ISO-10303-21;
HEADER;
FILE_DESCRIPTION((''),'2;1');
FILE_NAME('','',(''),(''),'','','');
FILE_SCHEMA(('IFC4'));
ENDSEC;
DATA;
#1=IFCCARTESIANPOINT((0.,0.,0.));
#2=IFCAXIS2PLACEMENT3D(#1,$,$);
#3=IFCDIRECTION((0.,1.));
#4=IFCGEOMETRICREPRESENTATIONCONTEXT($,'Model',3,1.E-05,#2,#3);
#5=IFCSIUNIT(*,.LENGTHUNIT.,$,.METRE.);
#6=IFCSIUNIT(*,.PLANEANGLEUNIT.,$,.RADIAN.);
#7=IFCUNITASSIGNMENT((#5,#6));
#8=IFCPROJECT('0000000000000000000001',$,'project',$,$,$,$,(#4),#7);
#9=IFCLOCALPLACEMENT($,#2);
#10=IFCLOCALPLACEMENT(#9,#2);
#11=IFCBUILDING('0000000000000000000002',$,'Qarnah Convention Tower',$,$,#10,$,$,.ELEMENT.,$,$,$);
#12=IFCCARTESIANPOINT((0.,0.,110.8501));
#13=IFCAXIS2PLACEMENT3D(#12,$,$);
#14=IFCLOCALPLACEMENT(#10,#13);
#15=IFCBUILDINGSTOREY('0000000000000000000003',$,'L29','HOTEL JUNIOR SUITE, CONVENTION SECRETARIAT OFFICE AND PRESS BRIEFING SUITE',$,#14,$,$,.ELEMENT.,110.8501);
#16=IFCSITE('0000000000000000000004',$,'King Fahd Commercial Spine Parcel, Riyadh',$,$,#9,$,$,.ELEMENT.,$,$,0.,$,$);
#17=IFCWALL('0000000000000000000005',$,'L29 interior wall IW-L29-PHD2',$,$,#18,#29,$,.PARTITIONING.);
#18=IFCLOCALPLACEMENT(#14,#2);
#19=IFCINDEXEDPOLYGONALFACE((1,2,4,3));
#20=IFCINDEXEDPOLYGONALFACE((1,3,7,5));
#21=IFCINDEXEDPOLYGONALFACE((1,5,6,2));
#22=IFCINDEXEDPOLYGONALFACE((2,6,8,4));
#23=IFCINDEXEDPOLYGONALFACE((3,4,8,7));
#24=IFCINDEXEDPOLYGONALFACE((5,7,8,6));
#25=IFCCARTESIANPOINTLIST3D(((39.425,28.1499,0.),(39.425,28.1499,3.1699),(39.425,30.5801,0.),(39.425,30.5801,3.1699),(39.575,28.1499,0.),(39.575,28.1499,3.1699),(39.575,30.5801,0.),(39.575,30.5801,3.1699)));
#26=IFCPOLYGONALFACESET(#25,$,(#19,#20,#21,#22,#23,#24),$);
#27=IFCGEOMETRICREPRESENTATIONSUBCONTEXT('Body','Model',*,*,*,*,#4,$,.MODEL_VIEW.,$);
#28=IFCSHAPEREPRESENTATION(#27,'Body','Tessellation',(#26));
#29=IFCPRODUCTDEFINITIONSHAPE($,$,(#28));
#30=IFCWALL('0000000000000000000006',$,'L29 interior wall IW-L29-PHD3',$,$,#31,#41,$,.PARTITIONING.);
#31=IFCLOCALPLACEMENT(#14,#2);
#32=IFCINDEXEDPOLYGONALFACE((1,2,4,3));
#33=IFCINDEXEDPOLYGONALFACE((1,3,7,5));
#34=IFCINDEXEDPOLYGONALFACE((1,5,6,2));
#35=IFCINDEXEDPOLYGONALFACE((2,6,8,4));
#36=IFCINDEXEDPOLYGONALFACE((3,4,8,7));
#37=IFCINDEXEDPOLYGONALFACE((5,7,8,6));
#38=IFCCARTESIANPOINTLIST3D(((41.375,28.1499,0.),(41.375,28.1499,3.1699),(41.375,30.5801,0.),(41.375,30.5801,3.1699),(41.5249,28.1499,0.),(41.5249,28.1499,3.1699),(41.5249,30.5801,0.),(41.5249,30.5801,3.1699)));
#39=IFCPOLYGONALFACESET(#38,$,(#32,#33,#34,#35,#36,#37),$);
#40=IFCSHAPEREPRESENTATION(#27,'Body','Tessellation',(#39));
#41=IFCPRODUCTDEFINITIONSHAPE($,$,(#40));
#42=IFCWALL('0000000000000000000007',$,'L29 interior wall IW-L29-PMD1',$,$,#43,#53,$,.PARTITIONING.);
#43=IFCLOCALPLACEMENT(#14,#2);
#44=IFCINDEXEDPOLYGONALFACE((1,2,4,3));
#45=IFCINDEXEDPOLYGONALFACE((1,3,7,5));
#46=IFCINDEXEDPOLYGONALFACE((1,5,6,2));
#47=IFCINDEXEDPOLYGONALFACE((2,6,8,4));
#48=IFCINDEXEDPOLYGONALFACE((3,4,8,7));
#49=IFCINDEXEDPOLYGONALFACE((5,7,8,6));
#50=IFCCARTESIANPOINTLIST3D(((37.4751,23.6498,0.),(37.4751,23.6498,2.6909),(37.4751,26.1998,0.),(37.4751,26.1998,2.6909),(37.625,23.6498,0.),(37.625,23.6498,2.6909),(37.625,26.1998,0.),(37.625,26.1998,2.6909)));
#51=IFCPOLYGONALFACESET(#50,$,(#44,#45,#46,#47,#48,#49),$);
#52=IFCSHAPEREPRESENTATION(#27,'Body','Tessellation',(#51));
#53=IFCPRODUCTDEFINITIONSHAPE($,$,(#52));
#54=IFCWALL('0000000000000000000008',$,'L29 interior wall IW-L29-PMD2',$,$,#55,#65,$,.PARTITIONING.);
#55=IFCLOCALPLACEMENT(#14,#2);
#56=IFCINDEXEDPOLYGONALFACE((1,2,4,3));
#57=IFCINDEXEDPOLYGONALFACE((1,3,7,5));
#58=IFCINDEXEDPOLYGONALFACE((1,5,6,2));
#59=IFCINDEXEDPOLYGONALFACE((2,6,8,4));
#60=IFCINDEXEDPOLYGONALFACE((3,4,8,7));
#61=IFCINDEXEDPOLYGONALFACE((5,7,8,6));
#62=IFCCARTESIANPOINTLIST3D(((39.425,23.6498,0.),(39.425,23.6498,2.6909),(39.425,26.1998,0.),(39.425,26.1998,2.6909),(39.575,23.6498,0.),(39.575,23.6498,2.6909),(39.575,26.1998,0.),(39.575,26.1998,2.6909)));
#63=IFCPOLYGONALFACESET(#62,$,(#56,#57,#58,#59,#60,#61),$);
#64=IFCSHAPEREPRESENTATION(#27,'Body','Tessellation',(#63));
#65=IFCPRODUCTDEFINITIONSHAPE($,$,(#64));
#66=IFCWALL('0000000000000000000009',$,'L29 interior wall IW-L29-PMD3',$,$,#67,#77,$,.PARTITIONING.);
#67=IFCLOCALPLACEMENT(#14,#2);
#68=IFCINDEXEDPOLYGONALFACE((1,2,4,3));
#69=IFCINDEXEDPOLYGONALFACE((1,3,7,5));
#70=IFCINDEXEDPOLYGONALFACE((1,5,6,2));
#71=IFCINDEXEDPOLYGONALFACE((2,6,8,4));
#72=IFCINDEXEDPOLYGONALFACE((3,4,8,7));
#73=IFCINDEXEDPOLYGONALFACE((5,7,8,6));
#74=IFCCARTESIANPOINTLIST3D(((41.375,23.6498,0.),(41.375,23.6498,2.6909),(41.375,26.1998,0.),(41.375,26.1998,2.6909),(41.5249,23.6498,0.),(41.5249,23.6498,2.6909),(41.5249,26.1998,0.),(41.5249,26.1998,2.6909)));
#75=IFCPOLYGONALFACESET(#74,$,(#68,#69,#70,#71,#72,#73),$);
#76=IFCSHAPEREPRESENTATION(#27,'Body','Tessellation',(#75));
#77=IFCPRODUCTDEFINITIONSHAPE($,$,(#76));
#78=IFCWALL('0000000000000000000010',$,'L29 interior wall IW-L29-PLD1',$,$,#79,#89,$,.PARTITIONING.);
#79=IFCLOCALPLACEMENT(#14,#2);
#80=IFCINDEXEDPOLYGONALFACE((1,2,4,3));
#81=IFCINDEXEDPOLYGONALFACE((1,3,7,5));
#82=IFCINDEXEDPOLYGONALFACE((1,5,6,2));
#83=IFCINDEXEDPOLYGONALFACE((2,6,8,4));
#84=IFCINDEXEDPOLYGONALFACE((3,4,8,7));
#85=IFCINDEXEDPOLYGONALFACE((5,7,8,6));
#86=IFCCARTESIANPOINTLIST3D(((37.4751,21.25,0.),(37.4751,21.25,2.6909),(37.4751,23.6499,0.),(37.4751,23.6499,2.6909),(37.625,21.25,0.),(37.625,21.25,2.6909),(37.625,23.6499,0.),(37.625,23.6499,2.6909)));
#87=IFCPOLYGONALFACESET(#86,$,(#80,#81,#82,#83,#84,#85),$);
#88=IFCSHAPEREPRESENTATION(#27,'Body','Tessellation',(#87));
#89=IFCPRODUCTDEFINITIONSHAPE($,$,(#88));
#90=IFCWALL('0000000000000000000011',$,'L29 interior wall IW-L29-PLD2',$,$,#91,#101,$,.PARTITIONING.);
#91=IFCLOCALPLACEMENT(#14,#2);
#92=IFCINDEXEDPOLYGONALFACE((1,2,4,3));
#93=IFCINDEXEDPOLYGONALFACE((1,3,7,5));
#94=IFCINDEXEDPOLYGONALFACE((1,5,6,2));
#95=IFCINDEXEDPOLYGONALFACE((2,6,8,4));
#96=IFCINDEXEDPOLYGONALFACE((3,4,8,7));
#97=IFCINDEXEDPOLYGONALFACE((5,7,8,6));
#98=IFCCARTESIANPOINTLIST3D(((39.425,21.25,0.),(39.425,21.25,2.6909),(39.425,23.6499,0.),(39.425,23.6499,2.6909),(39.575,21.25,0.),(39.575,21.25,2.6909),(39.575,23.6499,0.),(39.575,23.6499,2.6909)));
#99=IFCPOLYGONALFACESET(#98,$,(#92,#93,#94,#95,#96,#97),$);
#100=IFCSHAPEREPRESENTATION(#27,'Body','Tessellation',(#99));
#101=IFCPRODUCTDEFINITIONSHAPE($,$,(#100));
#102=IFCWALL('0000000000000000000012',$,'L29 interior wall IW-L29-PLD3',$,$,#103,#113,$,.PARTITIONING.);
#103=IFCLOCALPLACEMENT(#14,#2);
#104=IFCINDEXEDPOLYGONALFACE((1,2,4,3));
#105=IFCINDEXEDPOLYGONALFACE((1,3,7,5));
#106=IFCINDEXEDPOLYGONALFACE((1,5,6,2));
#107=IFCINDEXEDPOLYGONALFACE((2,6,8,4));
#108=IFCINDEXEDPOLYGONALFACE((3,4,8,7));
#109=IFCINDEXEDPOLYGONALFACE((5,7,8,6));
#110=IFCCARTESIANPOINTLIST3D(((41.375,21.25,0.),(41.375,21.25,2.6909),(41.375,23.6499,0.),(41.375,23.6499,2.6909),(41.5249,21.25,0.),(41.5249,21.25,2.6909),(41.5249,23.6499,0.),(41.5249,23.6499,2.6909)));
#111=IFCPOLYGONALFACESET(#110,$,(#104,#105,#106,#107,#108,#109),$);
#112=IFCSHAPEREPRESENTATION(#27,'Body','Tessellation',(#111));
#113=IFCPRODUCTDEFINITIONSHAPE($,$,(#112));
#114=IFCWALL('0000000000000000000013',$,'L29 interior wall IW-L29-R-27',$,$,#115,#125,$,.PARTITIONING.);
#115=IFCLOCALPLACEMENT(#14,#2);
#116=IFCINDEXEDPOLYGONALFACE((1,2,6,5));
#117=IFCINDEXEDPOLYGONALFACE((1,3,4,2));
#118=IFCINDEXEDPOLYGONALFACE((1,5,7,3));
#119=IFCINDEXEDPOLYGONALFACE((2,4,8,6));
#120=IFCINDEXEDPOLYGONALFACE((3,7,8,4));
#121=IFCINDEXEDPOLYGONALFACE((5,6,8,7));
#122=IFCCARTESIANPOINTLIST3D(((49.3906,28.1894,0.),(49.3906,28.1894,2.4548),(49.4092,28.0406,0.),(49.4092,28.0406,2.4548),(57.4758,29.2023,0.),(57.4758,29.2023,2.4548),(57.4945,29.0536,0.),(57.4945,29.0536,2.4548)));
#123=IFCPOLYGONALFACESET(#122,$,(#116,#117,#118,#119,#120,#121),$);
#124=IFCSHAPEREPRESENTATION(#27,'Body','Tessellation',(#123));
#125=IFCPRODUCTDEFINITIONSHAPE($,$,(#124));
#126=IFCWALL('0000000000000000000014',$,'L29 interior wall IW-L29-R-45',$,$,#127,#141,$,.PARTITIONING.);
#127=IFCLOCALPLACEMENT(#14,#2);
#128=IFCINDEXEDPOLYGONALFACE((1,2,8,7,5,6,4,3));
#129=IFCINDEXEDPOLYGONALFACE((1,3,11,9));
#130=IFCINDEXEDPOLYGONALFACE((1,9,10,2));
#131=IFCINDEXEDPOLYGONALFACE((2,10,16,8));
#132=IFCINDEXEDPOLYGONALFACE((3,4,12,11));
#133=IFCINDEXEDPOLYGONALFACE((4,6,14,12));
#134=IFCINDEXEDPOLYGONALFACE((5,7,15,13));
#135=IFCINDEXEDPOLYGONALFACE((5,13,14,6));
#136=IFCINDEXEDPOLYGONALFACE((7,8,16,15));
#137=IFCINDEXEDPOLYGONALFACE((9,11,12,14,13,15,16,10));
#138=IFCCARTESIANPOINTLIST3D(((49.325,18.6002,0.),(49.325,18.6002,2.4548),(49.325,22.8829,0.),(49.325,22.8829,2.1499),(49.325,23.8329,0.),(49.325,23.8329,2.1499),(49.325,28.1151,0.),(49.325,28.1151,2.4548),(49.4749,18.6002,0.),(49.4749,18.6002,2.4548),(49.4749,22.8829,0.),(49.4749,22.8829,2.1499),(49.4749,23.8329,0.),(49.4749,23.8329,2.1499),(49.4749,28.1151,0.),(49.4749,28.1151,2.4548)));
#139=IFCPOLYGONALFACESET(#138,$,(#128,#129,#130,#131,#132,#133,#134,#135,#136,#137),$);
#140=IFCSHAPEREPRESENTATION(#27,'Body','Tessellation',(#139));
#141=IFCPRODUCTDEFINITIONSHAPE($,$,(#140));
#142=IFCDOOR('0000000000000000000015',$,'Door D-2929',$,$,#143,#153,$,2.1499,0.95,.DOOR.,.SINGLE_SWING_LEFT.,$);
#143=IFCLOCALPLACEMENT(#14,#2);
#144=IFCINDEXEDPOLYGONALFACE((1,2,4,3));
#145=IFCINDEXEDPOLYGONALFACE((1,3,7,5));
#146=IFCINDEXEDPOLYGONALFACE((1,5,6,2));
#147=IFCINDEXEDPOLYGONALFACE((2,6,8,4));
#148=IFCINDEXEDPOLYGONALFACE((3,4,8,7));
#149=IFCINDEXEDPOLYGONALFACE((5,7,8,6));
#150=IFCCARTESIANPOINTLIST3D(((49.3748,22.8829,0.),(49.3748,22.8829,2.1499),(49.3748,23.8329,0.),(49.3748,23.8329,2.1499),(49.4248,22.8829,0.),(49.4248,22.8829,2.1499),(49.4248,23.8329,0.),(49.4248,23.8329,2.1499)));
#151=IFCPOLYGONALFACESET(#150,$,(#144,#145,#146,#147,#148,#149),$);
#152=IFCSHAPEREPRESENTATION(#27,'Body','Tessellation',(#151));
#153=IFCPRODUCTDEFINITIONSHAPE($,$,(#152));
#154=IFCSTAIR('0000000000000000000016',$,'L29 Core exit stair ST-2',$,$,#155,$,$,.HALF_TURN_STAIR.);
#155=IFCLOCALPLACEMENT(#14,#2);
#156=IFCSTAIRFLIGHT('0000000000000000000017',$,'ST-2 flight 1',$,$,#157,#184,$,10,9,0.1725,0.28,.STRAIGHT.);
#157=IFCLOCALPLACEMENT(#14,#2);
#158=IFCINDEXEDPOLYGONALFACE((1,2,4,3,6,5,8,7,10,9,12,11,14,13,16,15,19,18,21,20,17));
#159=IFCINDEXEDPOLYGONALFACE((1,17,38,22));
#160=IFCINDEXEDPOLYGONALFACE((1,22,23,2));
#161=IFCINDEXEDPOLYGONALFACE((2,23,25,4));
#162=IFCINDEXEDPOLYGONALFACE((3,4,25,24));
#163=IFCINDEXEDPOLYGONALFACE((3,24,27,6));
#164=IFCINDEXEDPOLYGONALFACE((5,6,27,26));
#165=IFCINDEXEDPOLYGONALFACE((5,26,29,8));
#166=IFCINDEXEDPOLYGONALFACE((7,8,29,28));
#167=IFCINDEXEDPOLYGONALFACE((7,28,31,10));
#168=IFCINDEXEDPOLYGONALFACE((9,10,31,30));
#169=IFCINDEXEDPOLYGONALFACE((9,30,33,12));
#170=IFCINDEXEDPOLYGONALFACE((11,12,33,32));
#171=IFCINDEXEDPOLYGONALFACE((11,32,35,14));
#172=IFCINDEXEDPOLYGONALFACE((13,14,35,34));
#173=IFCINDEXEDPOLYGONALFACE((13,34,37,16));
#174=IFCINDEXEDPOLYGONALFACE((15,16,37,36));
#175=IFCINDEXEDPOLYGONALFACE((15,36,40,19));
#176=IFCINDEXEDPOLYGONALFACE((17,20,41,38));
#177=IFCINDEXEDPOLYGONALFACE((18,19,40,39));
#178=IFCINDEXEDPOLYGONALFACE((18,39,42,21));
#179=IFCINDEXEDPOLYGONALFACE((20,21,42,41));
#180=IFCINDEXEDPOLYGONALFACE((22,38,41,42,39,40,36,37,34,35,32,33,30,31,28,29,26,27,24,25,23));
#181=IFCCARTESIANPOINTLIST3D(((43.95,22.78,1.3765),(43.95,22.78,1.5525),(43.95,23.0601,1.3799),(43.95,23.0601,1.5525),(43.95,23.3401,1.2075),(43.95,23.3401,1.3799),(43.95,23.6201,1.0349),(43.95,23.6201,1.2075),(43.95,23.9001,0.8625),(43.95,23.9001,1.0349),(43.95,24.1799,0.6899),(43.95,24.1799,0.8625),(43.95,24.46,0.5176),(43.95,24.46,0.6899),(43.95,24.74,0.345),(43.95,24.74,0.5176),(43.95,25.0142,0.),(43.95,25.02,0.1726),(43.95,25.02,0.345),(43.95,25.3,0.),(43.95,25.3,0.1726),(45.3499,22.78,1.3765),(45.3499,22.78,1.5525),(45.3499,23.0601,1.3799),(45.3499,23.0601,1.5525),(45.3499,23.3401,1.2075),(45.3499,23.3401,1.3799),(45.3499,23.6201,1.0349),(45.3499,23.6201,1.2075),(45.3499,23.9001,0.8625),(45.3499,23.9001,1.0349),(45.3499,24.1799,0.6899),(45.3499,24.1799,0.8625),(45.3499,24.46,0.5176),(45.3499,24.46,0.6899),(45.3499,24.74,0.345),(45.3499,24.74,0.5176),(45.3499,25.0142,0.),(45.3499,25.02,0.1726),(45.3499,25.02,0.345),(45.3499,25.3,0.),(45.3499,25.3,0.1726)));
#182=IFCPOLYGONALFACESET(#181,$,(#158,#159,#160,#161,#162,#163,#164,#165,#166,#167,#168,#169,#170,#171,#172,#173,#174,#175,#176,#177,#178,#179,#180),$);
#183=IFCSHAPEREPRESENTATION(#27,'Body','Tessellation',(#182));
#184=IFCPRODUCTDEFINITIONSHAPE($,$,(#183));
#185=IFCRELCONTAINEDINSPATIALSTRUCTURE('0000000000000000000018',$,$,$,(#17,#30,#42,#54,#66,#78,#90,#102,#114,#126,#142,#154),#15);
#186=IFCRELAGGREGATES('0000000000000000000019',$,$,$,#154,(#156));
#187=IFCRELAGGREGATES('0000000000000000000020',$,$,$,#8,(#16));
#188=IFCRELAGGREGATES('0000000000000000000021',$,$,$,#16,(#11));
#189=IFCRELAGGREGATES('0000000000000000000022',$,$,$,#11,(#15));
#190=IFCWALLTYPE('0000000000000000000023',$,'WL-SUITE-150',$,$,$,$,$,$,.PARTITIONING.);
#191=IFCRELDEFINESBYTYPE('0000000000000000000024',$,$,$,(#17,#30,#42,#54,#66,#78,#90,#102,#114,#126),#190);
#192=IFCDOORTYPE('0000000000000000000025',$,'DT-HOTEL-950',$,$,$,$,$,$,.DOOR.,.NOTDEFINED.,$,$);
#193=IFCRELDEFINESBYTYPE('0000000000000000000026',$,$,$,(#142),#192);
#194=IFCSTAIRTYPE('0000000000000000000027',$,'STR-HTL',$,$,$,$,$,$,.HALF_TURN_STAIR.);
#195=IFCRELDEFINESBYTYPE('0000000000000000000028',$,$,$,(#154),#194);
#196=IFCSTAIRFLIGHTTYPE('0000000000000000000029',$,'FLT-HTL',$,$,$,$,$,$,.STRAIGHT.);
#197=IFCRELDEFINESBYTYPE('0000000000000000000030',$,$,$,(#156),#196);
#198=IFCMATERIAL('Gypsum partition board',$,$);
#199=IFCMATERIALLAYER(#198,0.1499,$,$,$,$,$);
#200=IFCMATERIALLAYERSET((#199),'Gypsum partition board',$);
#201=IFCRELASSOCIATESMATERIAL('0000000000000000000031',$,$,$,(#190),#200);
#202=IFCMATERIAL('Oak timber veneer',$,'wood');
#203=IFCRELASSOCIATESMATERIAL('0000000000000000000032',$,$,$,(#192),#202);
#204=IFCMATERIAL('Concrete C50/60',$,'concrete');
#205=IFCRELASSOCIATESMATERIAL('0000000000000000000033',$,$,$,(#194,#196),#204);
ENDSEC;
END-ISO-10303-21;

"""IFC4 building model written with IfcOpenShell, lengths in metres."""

from ifc_helpers import new_model, si_unit, direction, frame, frame_2d, origin, place, context, subcontext, project, spatial, polyline, rectangle, outline, extrude, material, layer, layer_set, type_object, element, fill, aggregate, save


model = new_model("IFC4")

# Units and contexts
model_context = context("Model", 3, precision=1e-05, world=origin(), true_north=direction((0.0, 1.0)))
body_context = subcontext(model_context, "Body", "Model", "MODEL_VIEW")
ifc_project = project(units=[si_unit("LENGTHUNIT", "METRE"), si_unit("PLANEANGLEUNIT", "RADIAN")], contexts=[model_context])

# Site, building, storey
site_placement = place(None, origin())
site = spatial("IfcSite", under=ifc_project, at=site_placement, Name="King Fahd Commercial Spine Parcel, Riyadh", CompositionType="ELEMENT", RefElevation=0.0)
building_placement = place(site_placement, origin())
building = spatial("IfcBuilding", under=site, at=building_placement, Name="Qarnah Convention Tower", CompositionType="ELEMENT")
storey_placement = place(building_placement, frame((0.0, 0.0, 110.8501)))
storey = spatial("IfcBuildingStorey", under=building, at=storey_placement, Name="L29", Description="HOTEL JUNIOR SUITE, CONVENTION SECRETARIAT OFFICE AND PRESS BRIEFING SUITE", CompositionType="ELEMENT", Elevation=110.8501)

# Walls
ifc_material_1 = material(Name="Gypsum partition board")
ifc_layer_1 = layer(ifc_material_1, 0.1499)
ifc_layer_set_1 = layer_set([ifc_layer_1], Name="Gypsum partition board")
wall_type_1 = type_object("IfcWallType", Name="WL-SUITE-150", PredefinedType="PARTITIONING", material=ifc_layer_set_1)
for number, where, z_axis, x_axis, name in (
    (1, (39.5, 28.1499, 0.0), (0.0, 0.0, 1.0), (0.0, 1.0, 0.0), "L29 interior wall IW-L29-PHD2"),
    (2, (41.45, 28.1499, 0.0), (0.0, 0.0, 1.0), (0.0, 1.0, 0.0), "L29 interior wall IW-L29-PHD3"),
):
    element("IfcWall", number, at=place(storey_placement, frame(where, z_axis=z_axis, x_axis=x_axis)), inside=storey, type_object=wall_type_1, Name=name, PredefinedType="PARTITIONING", context=body_context, shape_type="SweptSolid", body=[
        extrude(rectangle(XDim=2.4302, YDim=0.1499, at=frame_2d((1.2151, 0.0))), origin(), (0.0, 0.0, 1.0), 3.1699),
    ])
for number, where, z_axis, x_axis, name in (
    (3, (37.55, 23.6499, 0.0), (0.0, 0.0, 1.0), (0.0, 1.0, 0.0), "L29 interior wall IW-L29-PMD1"),
    (4, (39.5, 23.6499, 0.0), (0.0, 0.0, 1.0), (0.0, 1.0, 0.0), "L29 interior wall IW-L29-PMD2"),
    (5, (41.45, 23.6499, 0.0), (0.0, 0.0, 1.0), (0.0, 1.0, 0.0), "L29 interior wall IW-L29-PMD3"),
):
    element("IfcWall", number, at=place(storey_placement, frame(where, z_axis=z_axis, x_axis=x_axis)), inside=storey, type_object=wall_type_1, Name=name, PredefinedType="PARTITIONING", context=body_context, shape_type="SweptSolid", body=[
        extrude(rectangle(XDim=2.55, YDim=0.1499, at=frame_2d((1.2749, 0.0))), origin(), (0.0, 0.0, 1.0), 2.6909),
    ])
for number, where, z_axis, x_axis, name in (
    (6, (37.55, 21.25, 0.0), (0.0, 0.0, 1.0), (0.0, 1.0, 0.0), "L29 interior wall IW-L29-PLD1"),
    (7, (39.5, 21.25, 0.0), (0.0, 0.0, 1.0), (0.0, 1.0, 0.0), "L29 interior wall IW-L29-PLD2"),
    (8, (41.45, 21.25, 0.0), (0.0, 0.0, 1.0), (0.0, 1.0, 0.0), "L29 interior wall IW-L29-PLD3"),
):
    element("IfcWall", number, at=place(storey_placement, frame(where, z_axis=z_axis, x_axis=x_axis)), inside=storey, type_object=wall_type_1, Name=name, PredefinedType="PARTITIONING", context=body_context, shape_type="SweptSolid", body=[
        extrude(rectangle(XDim=2.3999, YDim=0.1499, at=frame_2d((1.2, 0.0))), origin(), (0.0, 0.0, 1.0), 2.6909),
    ])
wall_1_placement = place(storey_placement, frame((49.3999, 28.115, 0.0), z_axis=(0.0, 0.0, 1.0), x_axis=(0.992243, 0.124311, 0.0)))
element("IfcWall", 9, at=wall_1_placement, inside=storey, type_object=wall_type_1, Name="L29 interior wall IW-L29-R-27", PredefinedType="PARTITIONING", context=body_context, shape_type="SweptSolid", body=[
    extrude(rectangle(XDim=8.1484, YDim=0.1499, at=frame_2d((4.0742, 0.0))), origin(), (0.0, 0.0, 1.0), 2.4548),
])

# Wall, opening, door
wall_2_placement = place(storey_placement, frame((49.3999, 28.115, 0.0), z_axis=(0.0, 0.0, 1.0), x_axis=(0.0, -1.0, 0.0)))
wall_2 = element("IfcWall", 10, at=wall_2_placement, inside=storey, type_object=wall_type_1, Name="L29 interior wall IW-L29-R-45", PredefinedType="PARTITIONING", context=body_context, shape_type="SweptSolid", body=[
    extrude(rectangle(XDim=9.5149, YDim=0.1499, at=frame_2d((4.7573, 0.0))), origin(), (0.0, 0.0, 1.0), 2.4548),
])
opening_placement = place(wall_2_placement, frame((4.282, 0.0, 0.0)))
opening = element("IfcOpeningElement", 11, at=opening_placement, cuts=wall_2, PredefinedType="OPENING", context=body_context, shape_type="SweptSolid", body=[
    extrude(rectangle(XDim=0.95, YDim=2.1499, at=frame_2d((0.4751, 1.075))), frame((0.0, 0.085, 0.0), z_axis=(0.0, -1.0, 0.0), x_axis=(1.0, 0.0, 0.0)), (0.0, 0.0, 1.0), 0.1699),
])
ifc_material_2 = material(Name="Oak timber veneer", Category="wood")
door_type = type_object("IfcDoorType", Name="DT-HOTEL-950", OperationType="NOTDEFINED", PredefinedType="DOOR", material=ifc_material_2)
door_placement = place(opening_placement, origin())
door = element("IfcDoor", 12, at=door_placement, inside=storey, type_object=door_type, Name="Door D-2929", OperationType="SINGLE_SWING_LEFT", OverallHeight=2.1499, OverallWidth=0.95, PredefinedType="DOOR", context=body_context, shape_type="SweptSolid", body=[
    extrude(rectangle(XDim=0.95, YDim=2.1499, at=frame_2d((0.4751, 1.075))), frame((0.0, 0.0249, 0.0), z_axis=(0.0, -1.0, 0.0), x_axis=(1.0, 0.0, 0.0)), (0.0, 0.0, 1.0), 0.05),
])
fill(opening, door)

# Stair, stair flight
ifc_material_3 = material(Name="Concrete C50/60", Category="concrete")
stair_type = type_object("IfcStairType", Name="STR-HTL", PredefinedType="HALF_TURN_STAIR", material=ifc_material_3)
stair_placement = place(storey_placement, origin())
stair = element("IfcStair", 13, at=stair_placement, inside=storey, type_object=stair_type, Name="L29 Core exit stair ST-2", PredefinedType="HALF_TURN_STAIR")
stair_flight_type = type_object("IfcStairFlightType", Name="FLT-HTL", PredefinedType="STRAIGHT", material=ifc_material_3)
stair_flight_1_placement = place(storey_placement, frame((44.6499, 25.3, 0.0), z_axis=(0.0, 0.0, 1.0), x_axis=(0.0, -1.0, 0.0)))
stair_flight_1 = element("IfcStairFlight", 14, at=stair_flight_1_placement, type_object=stair_flight_type, Name="ST-2 flight 1", NumberOfRisers=10, NumberOfTreads=9, PredefinedType="STRAIGHT", RiserHeight=0.1725, TreadLength=0.28, context=body_context, shape_type="SweptSolid", body=[
    extrude(outline(polyline([(0.0, 0.0), (0.0, 0.1726), (0.28, 0.1726), (0.28, 0.345), (0.5601, 0.345), (0.5601, 0.5176), (0.8401, 0.5176), (0.8401, 0.6899), (1.1201, 0.6899), (1.1201, 0.8625), (1.3999, 0.8625), (1.3999, 1.0349), (1.6799, 1.0349), (1.6799, 1.2075), (1.96, 1.2075), (1.96, 1.3799), (2.24, 1.3799), (2.24, 1.5525), (2.52, 1.5525), (2.52, 1.7251), (2.52, 1.3765), (0.2859, 0.0), (0.0, 0.0)])), frame((0.0, 0.7, 0.0), z_axis=(0.0, -1.0, 0.0), x_axis=(1.0, 0.0, 0.0)), (0.0, 0.0, 1.0), 1.3999),
])
aggregate(stair, [stair_flight_1])

save(model, "model.ifc")
